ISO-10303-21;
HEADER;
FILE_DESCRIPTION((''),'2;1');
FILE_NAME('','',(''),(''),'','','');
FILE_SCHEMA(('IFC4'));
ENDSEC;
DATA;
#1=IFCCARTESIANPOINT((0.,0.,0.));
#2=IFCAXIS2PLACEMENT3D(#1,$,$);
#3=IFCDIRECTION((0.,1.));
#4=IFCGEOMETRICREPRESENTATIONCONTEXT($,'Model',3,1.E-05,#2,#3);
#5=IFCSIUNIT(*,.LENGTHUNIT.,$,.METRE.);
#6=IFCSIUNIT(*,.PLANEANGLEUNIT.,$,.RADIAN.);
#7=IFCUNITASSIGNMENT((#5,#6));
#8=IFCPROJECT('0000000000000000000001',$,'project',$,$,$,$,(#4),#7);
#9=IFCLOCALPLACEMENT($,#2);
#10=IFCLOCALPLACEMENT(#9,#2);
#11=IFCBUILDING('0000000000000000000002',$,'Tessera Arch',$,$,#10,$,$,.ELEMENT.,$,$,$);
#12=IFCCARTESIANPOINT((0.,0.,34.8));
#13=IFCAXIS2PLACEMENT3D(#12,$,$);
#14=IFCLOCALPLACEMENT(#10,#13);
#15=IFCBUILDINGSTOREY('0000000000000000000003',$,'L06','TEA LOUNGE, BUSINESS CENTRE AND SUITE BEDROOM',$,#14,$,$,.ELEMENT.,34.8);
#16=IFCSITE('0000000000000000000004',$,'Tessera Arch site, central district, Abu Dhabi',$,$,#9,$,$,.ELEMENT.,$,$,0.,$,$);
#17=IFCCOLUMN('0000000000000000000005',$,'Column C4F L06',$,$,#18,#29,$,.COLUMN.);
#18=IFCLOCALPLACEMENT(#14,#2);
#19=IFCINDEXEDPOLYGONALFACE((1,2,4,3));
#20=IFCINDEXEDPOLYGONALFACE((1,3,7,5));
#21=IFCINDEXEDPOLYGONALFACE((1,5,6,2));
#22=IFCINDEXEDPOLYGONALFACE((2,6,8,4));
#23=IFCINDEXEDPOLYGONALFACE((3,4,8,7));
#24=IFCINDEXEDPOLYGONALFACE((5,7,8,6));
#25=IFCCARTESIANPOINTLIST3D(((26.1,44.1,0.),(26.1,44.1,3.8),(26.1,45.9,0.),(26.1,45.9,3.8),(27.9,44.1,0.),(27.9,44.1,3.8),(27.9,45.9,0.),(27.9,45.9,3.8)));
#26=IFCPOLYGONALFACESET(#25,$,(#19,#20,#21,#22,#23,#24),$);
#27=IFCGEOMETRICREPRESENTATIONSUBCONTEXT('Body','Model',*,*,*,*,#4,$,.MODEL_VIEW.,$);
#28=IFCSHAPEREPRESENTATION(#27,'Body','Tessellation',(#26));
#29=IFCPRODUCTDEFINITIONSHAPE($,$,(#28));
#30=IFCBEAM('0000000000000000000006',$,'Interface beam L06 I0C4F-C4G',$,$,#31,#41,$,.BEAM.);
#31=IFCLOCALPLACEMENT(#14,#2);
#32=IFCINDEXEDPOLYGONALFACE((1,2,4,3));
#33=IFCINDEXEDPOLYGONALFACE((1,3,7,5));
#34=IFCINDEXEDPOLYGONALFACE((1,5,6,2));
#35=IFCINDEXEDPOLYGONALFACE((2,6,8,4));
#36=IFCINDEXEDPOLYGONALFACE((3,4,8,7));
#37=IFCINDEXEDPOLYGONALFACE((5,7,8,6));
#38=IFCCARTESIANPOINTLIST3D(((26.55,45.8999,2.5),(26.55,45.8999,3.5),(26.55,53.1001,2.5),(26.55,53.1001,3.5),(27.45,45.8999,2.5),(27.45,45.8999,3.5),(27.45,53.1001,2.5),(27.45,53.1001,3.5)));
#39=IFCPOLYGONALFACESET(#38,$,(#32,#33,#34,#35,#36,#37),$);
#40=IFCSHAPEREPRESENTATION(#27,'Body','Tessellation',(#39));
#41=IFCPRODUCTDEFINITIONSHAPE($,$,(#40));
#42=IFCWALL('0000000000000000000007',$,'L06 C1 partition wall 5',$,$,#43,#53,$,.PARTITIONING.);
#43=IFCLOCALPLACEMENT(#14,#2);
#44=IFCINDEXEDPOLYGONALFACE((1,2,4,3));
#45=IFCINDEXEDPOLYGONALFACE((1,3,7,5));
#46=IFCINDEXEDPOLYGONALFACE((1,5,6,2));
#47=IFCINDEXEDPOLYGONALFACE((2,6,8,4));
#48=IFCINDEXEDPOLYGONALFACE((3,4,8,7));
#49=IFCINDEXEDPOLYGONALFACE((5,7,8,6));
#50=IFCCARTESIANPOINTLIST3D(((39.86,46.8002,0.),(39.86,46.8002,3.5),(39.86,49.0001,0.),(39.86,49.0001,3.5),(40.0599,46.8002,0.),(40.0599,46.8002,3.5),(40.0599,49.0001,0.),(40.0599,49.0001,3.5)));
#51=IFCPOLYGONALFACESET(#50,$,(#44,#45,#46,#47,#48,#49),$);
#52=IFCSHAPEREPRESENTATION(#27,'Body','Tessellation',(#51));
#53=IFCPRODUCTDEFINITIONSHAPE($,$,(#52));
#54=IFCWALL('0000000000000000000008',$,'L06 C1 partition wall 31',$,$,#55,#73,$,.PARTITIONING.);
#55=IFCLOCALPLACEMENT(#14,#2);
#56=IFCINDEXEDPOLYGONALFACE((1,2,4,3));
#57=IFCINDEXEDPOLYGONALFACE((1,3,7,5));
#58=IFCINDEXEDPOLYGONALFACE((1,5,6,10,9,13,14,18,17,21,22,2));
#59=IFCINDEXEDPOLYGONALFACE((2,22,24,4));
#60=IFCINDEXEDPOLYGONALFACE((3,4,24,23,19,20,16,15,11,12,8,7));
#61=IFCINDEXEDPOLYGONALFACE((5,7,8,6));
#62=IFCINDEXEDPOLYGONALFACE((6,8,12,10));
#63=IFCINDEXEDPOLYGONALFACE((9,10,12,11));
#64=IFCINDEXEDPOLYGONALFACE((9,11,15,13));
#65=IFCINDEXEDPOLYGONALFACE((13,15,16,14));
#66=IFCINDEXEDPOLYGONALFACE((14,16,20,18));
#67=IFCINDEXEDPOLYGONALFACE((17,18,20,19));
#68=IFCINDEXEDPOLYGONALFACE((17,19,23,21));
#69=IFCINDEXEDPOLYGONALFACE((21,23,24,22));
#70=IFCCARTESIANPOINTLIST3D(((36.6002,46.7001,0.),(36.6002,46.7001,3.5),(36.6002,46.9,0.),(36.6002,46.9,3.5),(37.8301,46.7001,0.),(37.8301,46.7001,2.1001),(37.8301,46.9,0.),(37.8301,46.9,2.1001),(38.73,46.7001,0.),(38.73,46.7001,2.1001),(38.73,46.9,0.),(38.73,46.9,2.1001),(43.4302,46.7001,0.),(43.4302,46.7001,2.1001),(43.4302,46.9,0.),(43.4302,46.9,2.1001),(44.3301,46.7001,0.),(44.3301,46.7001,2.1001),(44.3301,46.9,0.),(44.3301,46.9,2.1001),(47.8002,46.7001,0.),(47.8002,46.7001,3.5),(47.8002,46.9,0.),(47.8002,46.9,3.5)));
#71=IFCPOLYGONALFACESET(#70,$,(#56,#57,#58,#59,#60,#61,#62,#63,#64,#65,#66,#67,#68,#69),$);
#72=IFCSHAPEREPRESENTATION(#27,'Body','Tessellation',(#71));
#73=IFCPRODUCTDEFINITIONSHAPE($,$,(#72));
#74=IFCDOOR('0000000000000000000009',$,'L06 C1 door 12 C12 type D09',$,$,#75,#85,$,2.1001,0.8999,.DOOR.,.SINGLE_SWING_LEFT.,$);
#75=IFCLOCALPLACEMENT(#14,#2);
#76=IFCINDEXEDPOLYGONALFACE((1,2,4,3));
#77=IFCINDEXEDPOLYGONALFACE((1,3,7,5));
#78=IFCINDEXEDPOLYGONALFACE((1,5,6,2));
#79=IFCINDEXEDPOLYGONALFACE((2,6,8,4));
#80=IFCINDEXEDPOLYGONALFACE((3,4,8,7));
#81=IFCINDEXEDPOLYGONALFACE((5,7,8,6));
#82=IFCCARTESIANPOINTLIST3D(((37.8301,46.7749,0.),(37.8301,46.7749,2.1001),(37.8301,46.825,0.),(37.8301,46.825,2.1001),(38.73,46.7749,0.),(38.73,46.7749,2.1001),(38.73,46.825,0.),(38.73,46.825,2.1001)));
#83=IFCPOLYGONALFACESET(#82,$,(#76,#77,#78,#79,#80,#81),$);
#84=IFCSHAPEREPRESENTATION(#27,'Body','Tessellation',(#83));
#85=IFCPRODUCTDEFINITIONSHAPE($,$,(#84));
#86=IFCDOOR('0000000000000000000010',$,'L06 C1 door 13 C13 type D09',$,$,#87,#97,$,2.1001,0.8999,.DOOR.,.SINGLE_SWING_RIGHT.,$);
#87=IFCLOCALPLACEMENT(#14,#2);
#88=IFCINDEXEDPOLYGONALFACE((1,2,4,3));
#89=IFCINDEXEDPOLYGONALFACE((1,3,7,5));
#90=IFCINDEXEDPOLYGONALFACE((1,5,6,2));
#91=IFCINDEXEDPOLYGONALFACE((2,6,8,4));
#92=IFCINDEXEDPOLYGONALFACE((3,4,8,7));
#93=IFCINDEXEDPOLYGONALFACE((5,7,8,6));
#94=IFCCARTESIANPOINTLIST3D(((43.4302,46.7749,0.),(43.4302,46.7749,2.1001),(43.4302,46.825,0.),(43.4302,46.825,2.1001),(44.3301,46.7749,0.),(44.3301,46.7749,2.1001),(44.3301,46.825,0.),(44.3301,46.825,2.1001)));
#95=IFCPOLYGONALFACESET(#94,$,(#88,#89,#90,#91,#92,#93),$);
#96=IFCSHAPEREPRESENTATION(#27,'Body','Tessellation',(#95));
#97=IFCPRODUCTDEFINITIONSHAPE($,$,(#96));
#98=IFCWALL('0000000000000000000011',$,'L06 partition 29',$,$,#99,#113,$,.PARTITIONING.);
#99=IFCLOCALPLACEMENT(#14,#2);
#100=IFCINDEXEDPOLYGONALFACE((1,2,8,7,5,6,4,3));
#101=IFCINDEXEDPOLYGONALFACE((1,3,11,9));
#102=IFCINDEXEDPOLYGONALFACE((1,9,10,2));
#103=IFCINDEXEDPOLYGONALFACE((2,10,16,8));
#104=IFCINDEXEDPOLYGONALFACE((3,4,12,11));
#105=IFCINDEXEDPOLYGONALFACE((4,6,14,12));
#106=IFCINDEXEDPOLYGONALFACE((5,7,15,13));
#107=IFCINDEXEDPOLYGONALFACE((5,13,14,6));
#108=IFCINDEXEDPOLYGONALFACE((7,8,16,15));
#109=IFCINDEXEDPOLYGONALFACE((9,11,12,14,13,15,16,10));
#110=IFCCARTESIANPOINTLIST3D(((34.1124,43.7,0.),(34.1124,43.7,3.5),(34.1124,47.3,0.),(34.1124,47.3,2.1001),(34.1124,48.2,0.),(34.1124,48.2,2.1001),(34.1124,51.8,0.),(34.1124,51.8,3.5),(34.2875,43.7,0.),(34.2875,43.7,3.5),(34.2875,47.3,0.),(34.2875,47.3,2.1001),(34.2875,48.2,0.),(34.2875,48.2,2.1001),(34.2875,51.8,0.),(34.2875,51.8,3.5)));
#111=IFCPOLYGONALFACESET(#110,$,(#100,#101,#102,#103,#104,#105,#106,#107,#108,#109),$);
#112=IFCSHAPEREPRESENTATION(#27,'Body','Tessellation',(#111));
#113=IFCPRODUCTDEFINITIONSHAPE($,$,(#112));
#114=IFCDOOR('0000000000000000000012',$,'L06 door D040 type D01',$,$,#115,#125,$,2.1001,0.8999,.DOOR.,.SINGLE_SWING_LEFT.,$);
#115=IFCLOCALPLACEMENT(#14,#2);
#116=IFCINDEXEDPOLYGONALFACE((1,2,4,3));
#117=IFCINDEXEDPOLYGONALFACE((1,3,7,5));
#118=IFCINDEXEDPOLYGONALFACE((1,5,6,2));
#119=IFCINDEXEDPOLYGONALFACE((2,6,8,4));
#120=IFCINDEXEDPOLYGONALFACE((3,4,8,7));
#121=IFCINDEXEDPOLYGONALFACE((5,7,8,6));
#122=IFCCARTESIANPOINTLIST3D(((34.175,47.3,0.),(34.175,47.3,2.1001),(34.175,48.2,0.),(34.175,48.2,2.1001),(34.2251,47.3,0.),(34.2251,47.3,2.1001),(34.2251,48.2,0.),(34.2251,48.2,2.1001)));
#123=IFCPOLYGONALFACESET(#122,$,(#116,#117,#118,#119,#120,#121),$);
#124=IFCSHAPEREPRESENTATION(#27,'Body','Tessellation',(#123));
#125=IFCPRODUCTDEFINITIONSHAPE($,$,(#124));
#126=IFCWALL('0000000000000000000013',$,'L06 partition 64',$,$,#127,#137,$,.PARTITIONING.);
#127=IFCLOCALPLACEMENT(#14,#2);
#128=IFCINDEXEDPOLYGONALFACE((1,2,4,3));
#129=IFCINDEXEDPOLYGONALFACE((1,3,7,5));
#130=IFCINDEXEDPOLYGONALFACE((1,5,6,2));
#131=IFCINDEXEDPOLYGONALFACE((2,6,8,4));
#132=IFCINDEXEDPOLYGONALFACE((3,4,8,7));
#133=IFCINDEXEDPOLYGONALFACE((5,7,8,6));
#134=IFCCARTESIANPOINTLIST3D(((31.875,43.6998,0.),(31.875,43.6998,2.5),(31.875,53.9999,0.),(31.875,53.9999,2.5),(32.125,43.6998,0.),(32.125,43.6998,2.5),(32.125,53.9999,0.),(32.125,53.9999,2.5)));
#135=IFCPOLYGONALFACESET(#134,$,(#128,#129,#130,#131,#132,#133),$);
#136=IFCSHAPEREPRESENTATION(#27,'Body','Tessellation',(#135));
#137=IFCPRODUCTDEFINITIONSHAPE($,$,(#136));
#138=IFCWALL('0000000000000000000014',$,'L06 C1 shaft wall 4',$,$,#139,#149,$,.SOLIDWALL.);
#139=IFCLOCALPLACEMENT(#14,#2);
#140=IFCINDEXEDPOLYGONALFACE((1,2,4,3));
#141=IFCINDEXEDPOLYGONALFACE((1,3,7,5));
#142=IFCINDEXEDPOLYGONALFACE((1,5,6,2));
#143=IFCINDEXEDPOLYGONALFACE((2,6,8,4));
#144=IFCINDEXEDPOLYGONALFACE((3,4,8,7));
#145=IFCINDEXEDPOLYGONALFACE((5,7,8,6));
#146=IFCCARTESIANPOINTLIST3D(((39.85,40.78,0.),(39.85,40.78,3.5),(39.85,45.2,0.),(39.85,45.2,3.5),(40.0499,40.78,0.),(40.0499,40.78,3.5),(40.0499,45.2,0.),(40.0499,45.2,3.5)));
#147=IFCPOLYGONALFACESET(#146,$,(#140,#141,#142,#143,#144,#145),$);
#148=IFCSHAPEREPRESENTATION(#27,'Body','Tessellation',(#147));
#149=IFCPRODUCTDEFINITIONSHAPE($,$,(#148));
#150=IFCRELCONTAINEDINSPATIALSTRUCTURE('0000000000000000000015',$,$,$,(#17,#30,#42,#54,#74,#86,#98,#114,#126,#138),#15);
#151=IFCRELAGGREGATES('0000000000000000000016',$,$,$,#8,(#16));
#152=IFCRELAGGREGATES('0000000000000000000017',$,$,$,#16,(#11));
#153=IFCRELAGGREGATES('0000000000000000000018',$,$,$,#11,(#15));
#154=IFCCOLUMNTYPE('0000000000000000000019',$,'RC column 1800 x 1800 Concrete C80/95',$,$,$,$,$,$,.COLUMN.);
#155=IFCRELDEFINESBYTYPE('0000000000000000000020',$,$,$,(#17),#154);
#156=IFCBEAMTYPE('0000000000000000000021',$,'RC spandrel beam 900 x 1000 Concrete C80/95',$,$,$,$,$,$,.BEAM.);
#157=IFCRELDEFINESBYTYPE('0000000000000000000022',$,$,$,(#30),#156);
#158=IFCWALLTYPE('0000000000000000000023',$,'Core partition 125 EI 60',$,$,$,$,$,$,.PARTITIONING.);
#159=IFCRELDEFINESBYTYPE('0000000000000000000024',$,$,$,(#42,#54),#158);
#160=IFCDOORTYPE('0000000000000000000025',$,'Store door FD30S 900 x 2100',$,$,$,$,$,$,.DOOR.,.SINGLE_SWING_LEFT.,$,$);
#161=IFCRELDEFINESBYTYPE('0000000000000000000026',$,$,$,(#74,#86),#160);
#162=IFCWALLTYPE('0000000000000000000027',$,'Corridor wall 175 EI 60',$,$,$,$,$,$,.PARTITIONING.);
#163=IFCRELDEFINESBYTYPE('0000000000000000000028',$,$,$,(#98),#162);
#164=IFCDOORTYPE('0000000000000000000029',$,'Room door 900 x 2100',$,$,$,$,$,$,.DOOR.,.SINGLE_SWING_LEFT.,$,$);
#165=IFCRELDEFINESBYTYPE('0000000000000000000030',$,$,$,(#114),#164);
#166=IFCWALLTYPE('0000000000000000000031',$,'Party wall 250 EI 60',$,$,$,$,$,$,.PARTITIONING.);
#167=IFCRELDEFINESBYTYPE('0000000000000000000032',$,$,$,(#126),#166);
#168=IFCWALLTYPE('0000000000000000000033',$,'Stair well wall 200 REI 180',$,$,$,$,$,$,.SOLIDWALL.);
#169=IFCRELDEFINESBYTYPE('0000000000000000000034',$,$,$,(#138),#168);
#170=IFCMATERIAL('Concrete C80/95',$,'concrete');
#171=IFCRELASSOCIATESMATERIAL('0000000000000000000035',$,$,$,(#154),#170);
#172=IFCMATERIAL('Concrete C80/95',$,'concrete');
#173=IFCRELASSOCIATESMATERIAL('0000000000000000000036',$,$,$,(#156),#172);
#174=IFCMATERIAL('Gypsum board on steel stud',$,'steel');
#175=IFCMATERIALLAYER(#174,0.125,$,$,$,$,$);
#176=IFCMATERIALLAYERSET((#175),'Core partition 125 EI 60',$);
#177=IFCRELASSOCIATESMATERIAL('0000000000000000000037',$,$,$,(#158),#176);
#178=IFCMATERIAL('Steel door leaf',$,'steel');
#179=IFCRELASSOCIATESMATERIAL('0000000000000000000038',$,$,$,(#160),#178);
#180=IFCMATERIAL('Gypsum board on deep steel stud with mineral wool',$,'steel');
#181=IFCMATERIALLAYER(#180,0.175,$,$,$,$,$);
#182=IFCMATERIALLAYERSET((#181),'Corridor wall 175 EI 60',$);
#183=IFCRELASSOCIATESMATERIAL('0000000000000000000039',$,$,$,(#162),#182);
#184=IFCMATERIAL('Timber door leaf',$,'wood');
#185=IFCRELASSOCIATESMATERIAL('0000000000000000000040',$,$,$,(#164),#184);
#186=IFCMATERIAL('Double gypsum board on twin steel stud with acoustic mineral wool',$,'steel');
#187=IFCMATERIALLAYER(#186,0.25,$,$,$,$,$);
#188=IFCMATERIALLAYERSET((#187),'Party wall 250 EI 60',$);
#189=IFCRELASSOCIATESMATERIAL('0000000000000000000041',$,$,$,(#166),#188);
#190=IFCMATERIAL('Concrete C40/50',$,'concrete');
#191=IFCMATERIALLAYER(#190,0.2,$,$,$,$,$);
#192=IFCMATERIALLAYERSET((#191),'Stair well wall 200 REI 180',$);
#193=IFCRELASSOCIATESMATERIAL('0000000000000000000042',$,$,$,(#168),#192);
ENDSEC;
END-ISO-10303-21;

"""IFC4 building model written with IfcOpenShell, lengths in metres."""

from ifc_helpers import new_model, si_unit, direction, frame, frame_2d, origin, origin_2d, place, context, subcontext, project, spatial, rectangle, extrude, material, layer, layer_set, material_profile, profile_set, type_object, element, fill, save


model = new_model("IFC4")

# Units and contexts
model_context = context("Model", 3, precision=1e-05, world=origin(), true_north=direction((0.0, 1.0)))
body_context = subcontext(model_context, "Body", "Model", "MODEL_VIEW")
ifc_project = project(units=[si_unit("LENGTHUNIT", "METRE"), si_unit("PLANEANGLEUNIT", "RADIAN")], contexts=[model_context])

# Site, building, storey
site_placement = place(None, origin())
site = spatial("IfcSite", under=ifc_project, at=site_placement, Name="Tessera Arch site, central district, Abu Dhabi", CompositionType="ELEMENT", RefElevation=0.0)
building_placement = place(site_placement, origin())
building = spatial("IfcBuilding", under=site, at=building_placement, Name="Tessera Arch", CompositionType="ELEMENT")
storey_placement = place(building_placement, frame((0.0, 0.0, 34.8)))
storey = spatial("IfcBuildingStorey", under=building, at=storey_placement, Name="L06", Description="TEA LOUNGE, BUSINESS CENTRE AND SUITE BEDROOM", CompositionType="ELEMENT", Elevation=34.8)

# Column
ifc_material_1 = material(Name="Concrete C80/95", Category="concrete")
ifc_material_profile_1 = material_profile(ifc_material_1, rectangle(XDim=1.8, YDim=1.8, at=origin_2d()), Name="RC column 1800 x 1800 Concrete C80/95")
ifc_profile_set_1 = profile_set([ifc_material_profile_1], Name="Concrete C80/95")
column_type = type_object("IfcColumnType", Name="RC column 1800 x 1800 Concrete C80/95", PredefinedType="COLUMN", material=ifc_profile_set_1)
column_placement = place(storey_placement, frame((27.0, 45.0, 0.0), z_axis=(0.0, 0.0, 1.0), x_axis=(1.0, 0.0, 0.0)))
element("IfcColumn", 1, at=column_placement, inside=storey, type_object=column_type, Name="Column C4F L06", PredefinedType="COLUMN", context=body_context, shape_type="SweptSolid", body=[
    extrude(rectangle(XDim=1.8, YDim=1.8, at=origin_2d()), origin(), (0.0, 0.0, 1.0), 3.8),
])

# Beam
ifc_material_2 = material(Name="Concrete C80/95", Category="concrete")
ifc_material_profile_2 = material_profile(ifc_material_2, rectangle(XDim=0.8999, YDim=1.0, at=origin_2d()), Name="RC spandrel beam 900 x 1000 Concrete C80/95")
ifc_profile_set_2 = profile_set([ifc_material_profile_2], Name="Concrete C80/95")
beam_type = type_object("IfcBeamType", Name="RC spandrel beam 900 x 1000 Concrete C80/95", PredefinedType="BEAM", material=ifc_profile_set_2)
beam_placement = place(storey_placement, frame((27.0, 45.8999, 3.0), z_axis=(0.0, 1.0, 0.0), x_axis=(-1.0, 0.0, 0.0)))
element("IfcBeam", 2, at=beam_placement, inside=storey, type_object=beam_type, Name="Interface beam L06 I0C4F-C4G", PredefinedType="BEAM", context=body_context, shape_type="SweptSolid", body=[
    extrude(rectangle(XDim=0.8999, YDim=1.0, at=origin_2d()), origin(), (0.0, 0.0, 1.0), 7.2002),
])

# Wall
ifc_material_3 = material(Name="Gypsum board on steel stud", Category="steel")
ifc_layer_1 = layer(ifc_material_3, 0.125)
ifc_layer_set_1 = layer_set([ifc_layer_1], Name="Core partition 125 EI 60")
wall_type_1 = type_object("IfcWallType", Name="Core partition 125 EI 60", PredefinedType="PARTITIONING", material=ifc_layer_set_1)
wall_1_placement = place(storey_placement, frame((39.96, 46.8, 0.0), z_axis=(0.0, 0.0, 1.0), x_axis=(0.0, 1.0, 0.0)))
element("IfcWall", 3, at=wall_1_placement, inside=storey, type_object=wall_type_1, Name="L06 C1 partition wall 5", PredefinedType="PARTITIONING", context=body_context, shape_type="SweptSolid", body=[
    extrude(rectangle(XDim=2.2, YDim=0.2, at=frame_2d((1.1001, 0.0))), origin(), (0.0, 0.0, 1.0), 3.5),
])

# Wall, openings, doors
wall_2_placement = place(storey_placement, frame((36.6001, 46.8, 0.0), z_axis=(0.0, 0.0, 1.0), x_axis=(1.0, 0.0, 0.0)))
wall_2 = element("IfcWall", 4, at=wall_2_placement, inside=storey, type_object=wall_type_1, Name="L06 C1 partition wall 31", PredefinedType="PARTITIONING", context=body_context, shape_type="SweptSolid", body=[
    extrude(rectangle(XDim=11.2, YDim=0.2, at=frame_2d((5.6001, 0.0))), origin(), (0.0, 0.0, 1.0), 3.5),
])
opening_1_placement = place(wall_2_placement, frame((1.23, 0.0, 0.0)))
opening_1 = element("IfcOpeningElement", 5, at=opening_1_placement, cuts=wall_2, PredefinedType="OPENING", context=body_context, shape_type="SweptSolid", body=[
    extrude(rectangle(XDim=0.8999, YDim=2.1001, at=frame_2d((0.45, 1.05))), frame((0.0, 0.1099, 0.0), z_axis=(0.0, -1.0, 0.0), x_axis=(1.0, 0.0, 0.0)), (0.0, 0.0, 1.0), 0.22),
])
opening_2_placement = place(wall_2_placement, frame((6.8301, 0.0, 0.0)))
opening_2 = element("IfcOpeningElement", 6, at=opening_2_placement, cuts=wall_2, PredefinedType="OPENING", context=body_context, shape_type="SweptSolid", body=[
    extrude(rectangle(XDim=0.8999, YDim=2.1001, at=frame_2d((0.45, 1.05))), frame((0.0, 0.1099, 0.0), z_axis=(0.0, -1.0, 0.0), x_axis=(1.0, 0.0, 0.0)), (0.0, 0.0, 1.0), 0.22),
])
ifc_material_4 = material(Name="Steel door leaf", Category="steel")
door_type_1 = type_object("IfcDoorType", Name="Store door FD30S 900 x 2100", OperationType="SINGLE_SWING_LEFT", PredefinedType="DOOR", material=ifc_material_4)
door_1_placement = place(opening_1_placement, origin())
door_1 = element("IfcDoor", 7, at=door_1_placement, inside=storey, type_object=door_type_1, Name="L06 C1 door 12 C12 type D09", OperationType="SINGLE_SWING_LEFT", OverallHeight=2.1001, OverallWidth=0.8999, PredefinedType="DOOR", context=body_context, shape_type="SweptSolid", body=[
    extrude(rectangle(XDim=0.8999, YDim=2.1001, at=frame_2d((0.45, 1.05))), frame((0.0, 0.0249, 0.0), z_axis=(0.0, -1.0, 0.0), x_axis=(1.0, 0.0, 0.0)), (0.0, 0.0, 1.0), 0.05),
])
fill(opening_1, door_1)
door_2_placement = place(opening_2_placement, origin())
door_2 = element("IfcDoor", 8, at=door_2_placement, inside=storey, type_object=door_type_1, Name="L06 C1 door 13 C13 type D09", OperationType="SINGLE_SWING_RIGHT", OverallHeight=2.1001, OverallWidth=0.8999, PredefinedType="DOOR", context=body_context, shape_type="SweptSolid", body=[
    extrude(rectangle(XDim=0.8999, YDim=2.1001, at=frame_2d((0.45, 1.05))), frame((0.0, 0.0249, 0.0), z_axis=(0.0, -1.0, 0.0), x_axis=(1.0, 0.0, 0.0)), (0.0, 0.0, 1.0), 0.05),
])
fill(opening_2, door_2)

# Wall, opening, door
ifc_material_5 = material(Name="Gypsum board on deep steel stud with mineral wool", Category="steel")
ifc_layer_2 = layer(ifc_material_5, 0.175)
ifc_layer_set_2 = layer_set([ifc_layer_2], Name="Corridor wall 175 EI 60")
wall_type_2 = type_object("IfcWallType", Name="Corridor wall 175 EI 60", PredefinedType="PARTITIONING", material=ifc_layer_set_2)
wall_3_placement = place(storey_placement, frame((34.2, 43.7, 0.0), z_axis=(0.0, 0.0, 1.0), x_axis=(0.0, 1.0, 0.0)))
wall_3 = element("IfcWall", 9, at=wall_3_placement, inside=storey, type_object=wall_type_2, Name="L06 partition 29", PredefinedType="PARTITIONING", context=body_context, shape_type="SweptSolid", body=[
    extrude(rectangle(XDim=8.1001, YDim=0.175, at=frame_2d((4.05, 0.0))), origin(), (0.0, 0.0, 1.0), 3.5),
])
opening_3_placement = place(wall_3_placement, frame((3.6001, 0.0, 0.0)))
opening_3 = element("IfcOpeningElement", 10, at=opening_3_placement, cuts=wall_3, PredefinedType="OPENING", context=body_context, shape_type="SweptSolid", body=[
    extrude(rectangle(XDim=0.8999, YDim=2.1001, at=frame_2d((0.45, 1.05))), frame((0.0, 0.0974, 0.0), z_axis=(0.0, -1.0, 0.0), x_axis=(1.0, 0.0, 0.0)), (0.0, 0.0, 1.0), 0.1951),
])
ifc_material_6 = material(Name="Timber door leaf", Category="wood")
door_type_2 = type_object("IfcDoorType", Name="Room door 900 x 2100", OperationType="SINGLE_SWING_LEFT", PredefinedType="DOOR", material=ifc_material_6)
door_3_placement = place(opening_3_placement, origin())
door_3 = element("IfcDoor", 11, at=door_3_placement, inside=storey, type_object=door_type_2, Name="L06 door D040 type D01", OperationType="SINGLE_SWING_LEFT", OverallHeight=2.1001, OverallWidth=0.8999, PredefinedType="DOOR", context=body_context, shape_type="SweptSolid", body=[
    extrude(rectangle(XDim=0.8999, YDim=2.1001, at=frame_2d((0.45, 1.05))), frame((0.0, 0.0249, 0.0), z_axis=(0.0, -1.0, 0.0), x_axis=(1.0, 0.0, 0.0)), (0.0, 0.0, 1.0), 0.05),
])
fill(opening_3, door_3)

# Walls
ifc_material_7 = material(Name="Double gypsum board on twin steel stud with acoustic mineral wool", Category="steel")
ifc_layer_3 = layer(ifc_material_7, 0.25)
ifc_layer_set_3 = layer_set([ifc_layer_3], Name="Party wall 250 EI 60")
wall_type_3 = type_object("IfcWallType", Name="Party wall 250 EI 60", PredefinedType="PARTITIONING", material=ifc_layer_set_3)
wall_4_placement = place(storey_placement, frame((32.0, 43.7, 0.0), z_axis=(0.0, 0.0, 1.0), x_axis=(0.0, 1.0, 0.0)))
element("IfcWall", 12, at=wall_4_placement, inside=storey, type_object=wall_type_3, Name="L06 partition 64", PredefinedType="PARTITIONING", context=body_context, shape_type="SweptSolid", body=[
    extrude(rectangle(XDim=10.3, YDim=0.25, at=frame_2d((5.1499, 0.0))), origin(), (0.0, 0.0, 1.0), 2.5),
])
ifc_material_8 = material(Name="Concrete C40/50", Category="concrete")
ifc_layer_4 = layer(ifc_material_8, 0.2)
ifc_layer_set_4 = layer_set([ifc_layer_4], Name="Stair well wall 200 REI 180")
wall_type_4 = type_object("IfcWallType", Name="Stair well wall 200 REI 180", PredefinedType="SOLIDWALL", material=ifc_layer_set_4)
wall_5_placement = place(storey_placement, frame((39.95, 40.78, 0.0), z_axis=(0.0, 0.0, 1.0), x_axis=(0.0, 1.0, 0.0)))
element("IfcWall", 13, at=wall_5_placement, inside=storey, type_object=wall_type_4, Name="L06 C1 shaft wall 4", PredefinedType="SOLIDWALL", context=body_context, shape_type="SweptSolid", body=[
    extrude(rectangle(XDim=4.4199, YDim=0.2, at=frame_2d((2.21, 0.0))), origin(), (0.0, 0.0, 1.0), 3.5),
])

save(model, "model.ifc")
